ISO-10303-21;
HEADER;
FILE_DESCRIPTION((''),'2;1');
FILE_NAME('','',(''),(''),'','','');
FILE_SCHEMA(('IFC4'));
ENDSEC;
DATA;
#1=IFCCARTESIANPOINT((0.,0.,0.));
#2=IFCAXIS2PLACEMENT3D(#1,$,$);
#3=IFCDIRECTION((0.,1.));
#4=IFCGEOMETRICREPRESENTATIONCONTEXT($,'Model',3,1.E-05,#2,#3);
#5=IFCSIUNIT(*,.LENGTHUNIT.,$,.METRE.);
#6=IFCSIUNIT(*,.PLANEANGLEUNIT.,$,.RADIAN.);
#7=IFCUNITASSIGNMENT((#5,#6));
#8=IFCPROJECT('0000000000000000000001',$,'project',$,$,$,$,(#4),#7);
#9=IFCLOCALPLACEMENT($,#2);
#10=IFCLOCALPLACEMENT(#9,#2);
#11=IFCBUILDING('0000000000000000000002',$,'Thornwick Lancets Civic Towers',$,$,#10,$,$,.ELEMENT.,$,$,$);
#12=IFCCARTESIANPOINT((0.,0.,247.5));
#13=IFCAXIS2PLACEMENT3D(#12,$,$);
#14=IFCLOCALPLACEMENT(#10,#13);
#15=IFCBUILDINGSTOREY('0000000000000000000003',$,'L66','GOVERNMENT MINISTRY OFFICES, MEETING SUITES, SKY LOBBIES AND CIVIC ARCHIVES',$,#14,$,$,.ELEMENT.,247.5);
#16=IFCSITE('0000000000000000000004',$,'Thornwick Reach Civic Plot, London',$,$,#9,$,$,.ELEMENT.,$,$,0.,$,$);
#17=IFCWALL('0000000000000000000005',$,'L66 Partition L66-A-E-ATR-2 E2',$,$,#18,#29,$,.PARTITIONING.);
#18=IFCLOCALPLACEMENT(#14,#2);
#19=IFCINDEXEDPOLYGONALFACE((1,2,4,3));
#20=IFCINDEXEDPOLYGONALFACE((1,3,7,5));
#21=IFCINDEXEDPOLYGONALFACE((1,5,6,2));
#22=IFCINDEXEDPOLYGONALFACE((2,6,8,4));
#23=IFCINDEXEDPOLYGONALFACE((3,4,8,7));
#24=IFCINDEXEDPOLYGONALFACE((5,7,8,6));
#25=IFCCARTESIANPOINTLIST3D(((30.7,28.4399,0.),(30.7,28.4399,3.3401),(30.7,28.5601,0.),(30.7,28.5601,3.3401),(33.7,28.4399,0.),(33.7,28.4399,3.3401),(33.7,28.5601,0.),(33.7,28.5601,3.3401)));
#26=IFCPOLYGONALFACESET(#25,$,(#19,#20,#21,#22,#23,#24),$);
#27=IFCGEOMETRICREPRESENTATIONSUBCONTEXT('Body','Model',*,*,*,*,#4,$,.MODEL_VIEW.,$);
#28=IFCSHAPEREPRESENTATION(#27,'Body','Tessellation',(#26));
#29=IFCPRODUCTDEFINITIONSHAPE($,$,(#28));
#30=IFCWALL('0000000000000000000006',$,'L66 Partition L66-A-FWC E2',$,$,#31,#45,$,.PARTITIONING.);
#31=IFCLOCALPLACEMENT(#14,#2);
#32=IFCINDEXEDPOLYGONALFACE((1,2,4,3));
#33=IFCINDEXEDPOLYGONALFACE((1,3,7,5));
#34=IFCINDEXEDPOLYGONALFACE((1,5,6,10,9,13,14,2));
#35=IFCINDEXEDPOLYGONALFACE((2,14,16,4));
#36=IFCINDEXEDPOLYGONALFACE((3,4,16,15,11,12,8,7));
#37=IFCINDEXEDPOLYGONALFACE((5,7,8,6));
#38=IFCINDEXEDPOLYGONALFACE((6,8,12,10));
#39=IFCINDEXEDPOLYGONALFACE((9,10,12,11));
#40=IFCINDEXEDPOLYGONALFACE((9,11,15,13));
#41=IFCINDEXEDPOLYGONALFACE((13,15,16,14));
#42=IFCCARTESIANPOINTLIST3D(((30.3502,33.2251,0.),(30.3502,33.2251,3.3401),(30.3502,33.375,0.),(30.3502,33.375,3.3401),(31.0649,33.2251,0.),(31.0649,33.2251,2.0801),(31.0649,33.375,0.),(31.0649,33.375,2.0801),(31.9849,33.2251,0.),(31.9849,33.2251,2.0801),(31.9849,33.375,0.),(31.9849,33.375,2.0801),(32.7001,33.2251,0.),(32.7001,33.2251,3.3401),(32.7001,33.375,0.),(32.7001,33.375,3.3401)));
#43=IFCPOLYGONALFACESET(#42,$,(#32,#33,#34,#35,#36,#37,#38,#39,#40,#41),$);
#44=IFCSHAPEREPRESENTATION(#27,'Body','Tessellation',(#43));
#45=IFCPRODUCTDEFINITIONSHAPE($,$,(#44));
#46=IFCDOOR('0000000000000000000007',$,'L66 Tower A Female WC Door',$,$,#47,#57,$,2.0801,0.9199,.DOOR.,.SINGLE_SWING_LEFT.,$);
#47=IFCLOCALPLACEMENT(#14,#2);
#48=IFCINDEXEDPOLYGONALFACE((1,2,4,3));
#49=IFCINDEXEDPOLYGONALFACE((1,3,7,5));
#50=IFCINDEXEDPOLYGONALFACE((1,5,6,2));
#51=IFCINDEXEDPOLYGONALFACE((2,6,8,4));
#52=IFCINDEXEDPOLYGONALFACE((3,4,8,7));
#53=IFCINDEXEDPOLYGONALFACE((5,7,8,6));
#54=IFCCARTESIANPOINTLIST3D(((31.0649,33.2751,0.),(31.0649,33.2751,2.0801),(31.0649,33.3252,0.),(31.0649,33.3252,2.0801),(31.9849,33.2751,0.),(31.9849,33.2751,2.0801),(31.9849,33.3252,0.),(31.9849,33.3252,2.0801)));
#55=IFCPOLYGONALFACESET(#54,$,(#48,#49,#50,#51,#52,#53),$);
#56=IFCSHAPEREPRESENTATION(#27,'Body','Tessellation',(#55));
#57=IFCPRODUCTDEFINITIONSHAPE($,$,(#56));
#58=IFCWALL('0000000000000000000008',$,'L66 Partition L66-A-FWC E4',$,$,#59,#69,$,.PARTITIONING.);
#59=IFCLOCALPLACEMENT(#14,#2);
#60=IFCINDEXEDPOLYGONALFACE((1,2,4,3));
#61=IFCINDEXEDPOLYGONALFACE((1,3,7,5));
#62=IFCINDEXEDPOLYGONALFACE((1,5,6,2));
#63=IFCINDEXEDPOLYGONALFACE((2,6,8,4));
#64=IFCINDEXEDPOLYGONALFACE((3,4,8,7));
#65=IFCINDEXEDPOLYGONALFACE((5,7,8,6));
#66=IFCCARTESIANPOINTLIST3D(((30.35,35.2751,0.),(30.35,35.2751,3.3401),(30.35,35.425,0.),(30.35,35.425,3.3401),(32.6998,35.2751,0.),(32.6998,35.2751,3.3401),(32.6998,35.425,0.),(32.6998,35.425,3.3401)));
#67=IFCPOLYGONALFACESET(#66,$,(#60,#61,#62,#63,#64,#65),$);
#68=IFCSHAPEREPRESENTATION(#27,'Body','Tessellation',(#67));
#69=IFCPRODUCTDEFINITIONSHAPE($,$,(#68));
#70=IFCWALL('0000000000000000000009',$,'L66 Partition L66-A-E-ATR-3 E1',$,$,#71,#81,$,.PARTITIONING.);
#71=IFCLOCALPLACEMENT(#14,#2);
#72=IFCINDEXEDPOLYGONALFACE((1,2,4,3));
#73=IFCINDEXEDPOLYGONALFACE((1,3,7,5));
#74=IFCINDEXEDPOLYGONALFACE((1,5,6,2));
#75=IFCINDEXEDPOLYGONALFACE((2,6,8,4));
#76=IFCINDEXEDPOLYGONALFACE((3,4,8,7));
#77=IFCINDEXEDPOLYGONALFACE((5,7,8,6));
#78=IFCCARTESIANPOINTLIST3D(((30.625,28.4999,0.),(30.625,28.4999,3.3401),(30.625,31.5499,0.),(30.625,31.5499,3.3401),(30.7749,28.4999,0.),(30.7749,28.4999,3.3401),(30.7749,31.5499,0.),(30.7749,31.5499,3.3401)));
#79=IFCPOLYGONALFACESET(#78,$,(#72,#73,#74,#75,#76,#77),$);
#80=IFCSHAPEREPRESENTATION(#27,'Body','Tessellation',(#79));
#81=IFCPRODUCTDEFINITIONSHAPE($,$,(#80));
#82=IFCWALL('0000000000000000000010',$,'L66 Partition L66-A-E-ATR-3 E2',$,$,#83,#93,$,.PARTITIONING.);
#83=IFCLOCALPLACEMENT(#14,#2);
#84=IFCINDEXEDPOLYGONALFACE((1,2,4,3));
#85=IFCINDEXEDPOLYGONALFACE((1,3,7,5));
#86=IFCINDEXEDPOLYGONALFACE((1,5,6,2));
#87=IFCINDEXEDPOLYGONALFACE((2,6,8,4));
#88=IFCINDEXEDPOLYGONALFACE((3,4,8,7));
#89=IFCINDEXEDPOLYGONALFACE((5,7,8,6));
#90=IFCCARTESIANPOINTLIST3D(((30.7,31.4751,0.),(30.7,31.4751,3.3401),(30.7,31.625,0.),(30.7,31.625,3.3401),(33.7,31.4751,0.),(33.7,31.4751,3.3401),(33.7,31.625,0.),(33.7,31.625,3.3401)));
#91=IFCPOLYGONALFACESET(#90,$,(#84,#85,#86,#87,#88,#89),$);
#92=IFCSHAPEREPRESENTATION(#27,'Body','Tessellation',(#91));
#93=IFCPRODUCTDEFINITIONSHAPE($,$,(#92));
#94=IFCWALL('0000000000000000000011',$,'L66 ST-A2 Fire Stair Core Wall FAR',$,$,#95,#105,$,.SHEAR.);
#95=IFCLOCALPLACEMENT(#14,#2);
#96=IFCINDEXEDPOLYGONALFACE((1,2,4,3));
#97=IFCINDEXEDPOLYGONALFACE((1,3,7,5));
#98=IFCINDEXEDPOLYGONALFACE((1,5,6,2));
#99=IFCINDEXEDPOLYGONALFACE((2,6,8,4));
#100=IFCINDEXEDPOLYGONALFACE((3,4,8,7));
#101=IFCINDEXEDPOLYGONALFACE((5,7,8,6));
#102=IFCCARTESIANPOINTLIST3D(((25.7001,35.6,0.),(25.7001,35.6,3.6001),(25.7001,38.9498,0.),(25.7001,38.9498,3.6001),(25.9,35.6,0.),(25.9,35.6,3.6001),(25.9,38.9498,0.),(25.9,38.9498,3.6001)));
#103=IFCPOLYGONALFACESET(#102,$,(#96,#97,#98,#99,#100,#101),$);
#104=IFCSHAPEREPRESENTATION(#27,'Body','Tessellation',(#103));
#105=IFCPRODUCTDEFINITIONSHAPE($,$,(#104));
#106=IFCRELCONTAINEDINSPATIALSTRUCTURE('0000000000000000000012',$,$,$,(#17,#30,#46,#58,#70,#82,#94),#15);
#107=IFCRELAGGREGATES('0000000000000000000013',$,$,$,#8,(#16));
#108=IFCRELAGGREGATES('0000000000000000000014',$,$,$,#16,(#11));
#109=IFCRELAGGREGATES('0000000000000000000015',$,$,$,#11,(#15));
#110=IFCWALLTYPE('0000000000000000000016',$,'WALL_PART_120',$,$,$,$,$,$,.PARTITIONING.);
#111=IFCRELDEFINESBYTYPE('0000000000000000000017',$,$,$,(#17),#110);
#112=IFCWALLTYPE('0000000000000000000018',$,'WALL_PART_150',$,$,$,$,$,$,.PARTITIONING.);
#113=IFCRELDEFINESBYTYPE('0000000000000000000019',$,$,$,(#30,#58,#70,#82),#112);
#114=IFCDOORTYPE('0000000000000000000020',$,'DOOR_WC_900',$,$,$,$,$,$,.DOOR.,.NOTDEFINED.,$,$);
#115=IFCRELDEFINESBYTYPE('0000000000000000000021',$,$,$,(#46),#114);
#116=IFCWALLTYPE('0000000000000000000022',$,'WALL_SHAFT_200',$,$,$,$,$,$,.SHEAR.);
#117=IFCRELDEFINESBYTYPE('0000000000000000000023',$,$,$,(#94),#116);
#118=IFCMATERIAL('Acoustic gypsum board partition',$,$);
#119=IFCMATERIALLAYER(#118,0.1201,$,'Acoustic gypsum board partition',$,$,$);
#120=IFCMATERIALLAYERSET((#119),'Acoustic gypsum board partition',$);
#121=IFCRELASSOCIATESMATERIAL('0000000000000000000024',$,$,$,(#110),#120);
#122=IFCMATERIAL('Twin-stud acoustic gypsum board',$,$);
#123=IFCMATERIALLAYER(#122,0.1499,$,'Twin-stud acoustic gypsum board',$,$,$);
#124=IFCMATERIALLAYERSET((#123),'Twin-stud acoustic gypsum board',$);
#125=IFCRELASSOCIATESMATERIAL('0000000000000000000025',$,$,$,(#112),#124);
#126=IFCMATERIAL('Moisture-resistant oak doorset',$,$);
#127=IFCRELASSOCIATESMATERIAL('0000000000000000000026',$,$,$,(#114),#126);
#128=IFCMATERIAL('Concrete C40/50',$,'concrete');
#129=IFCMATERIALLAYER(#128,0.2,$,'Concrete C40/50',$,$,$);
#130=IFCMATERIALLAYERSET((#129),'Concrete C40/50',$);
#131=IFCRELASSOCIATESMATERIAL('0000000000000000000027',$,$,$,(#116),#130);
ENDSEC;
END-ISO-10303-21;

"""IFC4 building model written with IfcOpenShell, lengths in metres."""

from ifc_helpers import new_model, si_unit, direction, frame, frame_2d, origin, place, context, subcontext, project, spatial, rectangle, extrude, material, layer, layer_set, type_object, element, fill, save


model = new_model("IFC4")

# Units and contexts
model_context = context("Model", 3, precision=1e-05, world=origin(), true_north=direction((0.0, 1.0)))
body_context = subcontext(model_context, "Body", "Model", "MODEL_VIEW")
ifc_project = project(units=[si_unit("LENGTHUNIT", "METRE"), si_unit("PLANEANGLEUNIT", "RADIAN")], contexts=[model_context])

# Site, building, storey
site_placement = place(None, origin())
site = spatial("IfcSite", under=ifc_project, at=site_placement, Name="Thornwick Reach Civic Plot, London", CompositionType="ELEMENT", RefElevation=0.0)
building_placement = place(site_placement, origin())
building = spatial("IfcBuilding", under=site, at=building_placement, Name="Thornwick Lancets Civic Towers", CompositionType="ELEMENT")
storey_placement = place(building_placement, frame((0.0, 0.0, 247.5)))
storey = spatial("IfcBuildingStorey", under=building, at=storey_placement, Name="L66", Description="GOVERNMENT MINISTRY OFFICES, MEETING SUITES, SKY LOBBIES AND CIVIC ARCHIVES", CompositionType="ELEMENT", Elevation=247.5)

# Wall
ifc_material_1 = material(Name="Acoustic gypsum board partition")
ifc_layer_1 = layer(ifc_material_1, 0.1201, Name="Acoustic gypsum board partition")
ifc_layer_set_1 = layer_set([ifc_layer_1], Name="Acoustic gypsum board partition")
wall_type_1 = type_object("IfcWallType", Name="WALL_PART_120", PredefinedType="PARTITIONING", material=ifc_layer_set_1)
wall_1_placement = place(storey_placement, frame((30.7, 28.5, 0.0), z_axis=(0.0, 0.0, 1.0), x_axis=(1.0, 0.0, 0.0)))
element("IfcWall", 1, at=wall_1_placement, inside=storey, type_object=wall_type_1, Name="L66 Partition L66-A-E-ATR-2 E2", PredefinedType="PARTITIONING", context=body_context, shape_type="SweptSolid", body=[
    extrude(rectangle(XDim=3.0, YDim=0.1201, at=frame_2d((1.5, 0.0))), origin(), (0.0, 0.0, 1.0), 3.3401),
])

# Wall, opening, door
ifc_material_2 = material(Name="Twin-stud acoustic gypsum board")
ifc_layer_2 = layer(ifc_material_2, 0.1499, Name="Twin-stud acoustic gypsum board")
ifc_layer_set_2 = layer_set([ifc_layer_2], Name="Twin-stud acoustic gypsum board")
wall_type_2 = type_object("IfcWallType", Name="WALL_PART_150", PredefinedType="PARTITIONING", material=ifc_layer_set_2)
wall_2_placement = place(storey_placement, frame((32.7, 33.3, 0.0), z_axis=(0.0, 0.0, 1.0), x_axis=(-1.0, 0.0, 0.0)))
wall_2 = element("IfcWall", 2, at=wall_2_placement, inside=storey, type_object=wall_type_2, Name="L66 Partition L66-A-FWC E2", PredefinedType="PARTITIONING", context=body_context, shape_type="SweptSolid", body=[
    extrude(rectangle(XDim=2.3499, YDim=0.1499, at=frame_2d((1.1748, 0.0))), origin(), (0.0, 0.0, 1.0), 3.3401),
])
opening_1_placement = place(wall_2_placement, frame((0.7151, 0.0, 0.0)))
opening_1 = element("IfcOpeningElement", 3, at=opening_1_placement, cuts=wall_2, PredefinedType="OPENING", context=body_context, shape_type="SweptSolid", body=[
    extrude(rectangle(XDim=0.9199, YDim=2.0801, at=frame_2d((0.46, 1.04))), frame((0.0, 0.085, 0.0), z_axis=(0.0, -1.0, 0.0), x_axis=(1.0, 0.0, 0.0)), (0.0, 0.0, 1.0), 0.1699),
])
ifc_material_3 = material(Name="Moisture-resistant oak doorset")
door_type_1 = type_object("IfcDoorType", Name="DOOR_WC_900", OperationType="NOTDEFINED", PredefinedType="DOOR", material=ifc_material_3)
door_1_placement = place(opening_1_placement, origin())
door_1 = element("IfcDoor", 4, at=door_1_placement, inside=storey, type_object=door_type_1, Name="L66 Tower A Female WC Door", OperationType="SINGLE_SWING_LEFT", OverallHeight=2.0801, OverallWidth=0.9199, PredefinedType="DOOR", context=body_context, shape_type="SweptSolid", body=[
    extrude(rectangle(XDim=0.9199, YDim=2.0801, at=frame_2d((0.46, 1.04))), frame((0.0, 0.0249, 0.0), z_axis=(0.0, -1.0, 0.0), x_axis=(1.0, 0.0, 0.0)), (0.0, 0.0, 1.0), 0.05),
])
fill(opening_1, door_1)

# Walls
wall_3_placement = place(storey_placement, frame((30.3501, 35.3501, 0.0), z_axis=(0.0, 0.0, 1.0), x_axis=(1.0, 0.0, 0.0)))
element("IfcWall", 5, at=wall_3_placement, inside=storey, type_object=wall_type_2, Name="L66 Partition L66-A-FWC E4", PredefinedType="PARTITIONING", context=body_context, shape_type="SweptSolid", body=[
    extrude(rectangle(XDim=2.3499, YDim=0.1499, at=frame_2d((1.1748, 0.0))), origin(), (0.0, 0.0, 1.0), 3.3401),
])
wall_4_placement = place(storey_placement, frame((30.7, 28.5, 0.0), z_axis=(0.0, 0.0, 1.0), x_axis=(0.0, 1.0, 0.0)))
element("IfcWall", 6, at=wall_4_placement, inside=storey, type_object=wall_type_2, Name="L66 Partition L66-A-E-ATR-3 E1", PredefinedType="PARTITIONING", context=body_context, shape_type="SweptSolid", body=[
    extrude(rectangle(XDim=3.05, YDim=0.1499, at=frame_2d((1.5249, 0.0))), origin(), (0.0, 0.0, 1.0), 3.3401),
])
wall_5_placement = place(storey_placement, frame((30.7, 31.55, 0.0), z_axis=(0.0, 0.0, 1.0), x_axis=(1.0, 0.0, 0.0)))
element("IfcWall", 7, at=wall_5_placement, inside=storey, type_object=wall_type_2, Name="L66 Partition L66-A-E-ATR-3 E2", PredefinedType="PARTITIONING", context=body_context, shape_type="SweptSolid", body=[
    extrude(rectangle(XDim=3.0, YDim=0.1499, at=frame_2d((1.5, 0.0))), origin(), (0.0, 0.0, 1.0), 3.3401),
])
ifc_material_4 = material(Name="Concrete C40/50", Category="concrete")
ifc_layer_3 = layer(ifc_material_4, 0.2, Name="Concrete C40/50")
ifc_layer_set_3 = layer_set([ifc_layer_3], Name="Concrete C40/50")
wall_type_3 = type_object("IfcWallType", Name="WALL_SHAFT_200", PredefinedType="SHEAR", material=ifc_layer_set_3)
wall_6_placement = place(storey_placement, frame((25.8, 35.6001, 0.0), z_axis=(0.0, 0.0, 1.0), x_axis=(0.0, 1.0, 0.0)))
element("IfcWall", 8, at=wall_6_placement, inside=storey, type_object=wall_type_3, Name="L66 ST-A2 Fire Stair Core Wall FAR", PredefinedType="SHEAR", context=body_context, shape_type="SweptSolid", body=[
    extrude(rectangle(XDim=3.3499, YDim=0.2, at=frame_2d((1.6748, 0.0))), origin(), (0.0, 0.0, 1.0), 3.6001),
])

save(model, "model.ifc")
